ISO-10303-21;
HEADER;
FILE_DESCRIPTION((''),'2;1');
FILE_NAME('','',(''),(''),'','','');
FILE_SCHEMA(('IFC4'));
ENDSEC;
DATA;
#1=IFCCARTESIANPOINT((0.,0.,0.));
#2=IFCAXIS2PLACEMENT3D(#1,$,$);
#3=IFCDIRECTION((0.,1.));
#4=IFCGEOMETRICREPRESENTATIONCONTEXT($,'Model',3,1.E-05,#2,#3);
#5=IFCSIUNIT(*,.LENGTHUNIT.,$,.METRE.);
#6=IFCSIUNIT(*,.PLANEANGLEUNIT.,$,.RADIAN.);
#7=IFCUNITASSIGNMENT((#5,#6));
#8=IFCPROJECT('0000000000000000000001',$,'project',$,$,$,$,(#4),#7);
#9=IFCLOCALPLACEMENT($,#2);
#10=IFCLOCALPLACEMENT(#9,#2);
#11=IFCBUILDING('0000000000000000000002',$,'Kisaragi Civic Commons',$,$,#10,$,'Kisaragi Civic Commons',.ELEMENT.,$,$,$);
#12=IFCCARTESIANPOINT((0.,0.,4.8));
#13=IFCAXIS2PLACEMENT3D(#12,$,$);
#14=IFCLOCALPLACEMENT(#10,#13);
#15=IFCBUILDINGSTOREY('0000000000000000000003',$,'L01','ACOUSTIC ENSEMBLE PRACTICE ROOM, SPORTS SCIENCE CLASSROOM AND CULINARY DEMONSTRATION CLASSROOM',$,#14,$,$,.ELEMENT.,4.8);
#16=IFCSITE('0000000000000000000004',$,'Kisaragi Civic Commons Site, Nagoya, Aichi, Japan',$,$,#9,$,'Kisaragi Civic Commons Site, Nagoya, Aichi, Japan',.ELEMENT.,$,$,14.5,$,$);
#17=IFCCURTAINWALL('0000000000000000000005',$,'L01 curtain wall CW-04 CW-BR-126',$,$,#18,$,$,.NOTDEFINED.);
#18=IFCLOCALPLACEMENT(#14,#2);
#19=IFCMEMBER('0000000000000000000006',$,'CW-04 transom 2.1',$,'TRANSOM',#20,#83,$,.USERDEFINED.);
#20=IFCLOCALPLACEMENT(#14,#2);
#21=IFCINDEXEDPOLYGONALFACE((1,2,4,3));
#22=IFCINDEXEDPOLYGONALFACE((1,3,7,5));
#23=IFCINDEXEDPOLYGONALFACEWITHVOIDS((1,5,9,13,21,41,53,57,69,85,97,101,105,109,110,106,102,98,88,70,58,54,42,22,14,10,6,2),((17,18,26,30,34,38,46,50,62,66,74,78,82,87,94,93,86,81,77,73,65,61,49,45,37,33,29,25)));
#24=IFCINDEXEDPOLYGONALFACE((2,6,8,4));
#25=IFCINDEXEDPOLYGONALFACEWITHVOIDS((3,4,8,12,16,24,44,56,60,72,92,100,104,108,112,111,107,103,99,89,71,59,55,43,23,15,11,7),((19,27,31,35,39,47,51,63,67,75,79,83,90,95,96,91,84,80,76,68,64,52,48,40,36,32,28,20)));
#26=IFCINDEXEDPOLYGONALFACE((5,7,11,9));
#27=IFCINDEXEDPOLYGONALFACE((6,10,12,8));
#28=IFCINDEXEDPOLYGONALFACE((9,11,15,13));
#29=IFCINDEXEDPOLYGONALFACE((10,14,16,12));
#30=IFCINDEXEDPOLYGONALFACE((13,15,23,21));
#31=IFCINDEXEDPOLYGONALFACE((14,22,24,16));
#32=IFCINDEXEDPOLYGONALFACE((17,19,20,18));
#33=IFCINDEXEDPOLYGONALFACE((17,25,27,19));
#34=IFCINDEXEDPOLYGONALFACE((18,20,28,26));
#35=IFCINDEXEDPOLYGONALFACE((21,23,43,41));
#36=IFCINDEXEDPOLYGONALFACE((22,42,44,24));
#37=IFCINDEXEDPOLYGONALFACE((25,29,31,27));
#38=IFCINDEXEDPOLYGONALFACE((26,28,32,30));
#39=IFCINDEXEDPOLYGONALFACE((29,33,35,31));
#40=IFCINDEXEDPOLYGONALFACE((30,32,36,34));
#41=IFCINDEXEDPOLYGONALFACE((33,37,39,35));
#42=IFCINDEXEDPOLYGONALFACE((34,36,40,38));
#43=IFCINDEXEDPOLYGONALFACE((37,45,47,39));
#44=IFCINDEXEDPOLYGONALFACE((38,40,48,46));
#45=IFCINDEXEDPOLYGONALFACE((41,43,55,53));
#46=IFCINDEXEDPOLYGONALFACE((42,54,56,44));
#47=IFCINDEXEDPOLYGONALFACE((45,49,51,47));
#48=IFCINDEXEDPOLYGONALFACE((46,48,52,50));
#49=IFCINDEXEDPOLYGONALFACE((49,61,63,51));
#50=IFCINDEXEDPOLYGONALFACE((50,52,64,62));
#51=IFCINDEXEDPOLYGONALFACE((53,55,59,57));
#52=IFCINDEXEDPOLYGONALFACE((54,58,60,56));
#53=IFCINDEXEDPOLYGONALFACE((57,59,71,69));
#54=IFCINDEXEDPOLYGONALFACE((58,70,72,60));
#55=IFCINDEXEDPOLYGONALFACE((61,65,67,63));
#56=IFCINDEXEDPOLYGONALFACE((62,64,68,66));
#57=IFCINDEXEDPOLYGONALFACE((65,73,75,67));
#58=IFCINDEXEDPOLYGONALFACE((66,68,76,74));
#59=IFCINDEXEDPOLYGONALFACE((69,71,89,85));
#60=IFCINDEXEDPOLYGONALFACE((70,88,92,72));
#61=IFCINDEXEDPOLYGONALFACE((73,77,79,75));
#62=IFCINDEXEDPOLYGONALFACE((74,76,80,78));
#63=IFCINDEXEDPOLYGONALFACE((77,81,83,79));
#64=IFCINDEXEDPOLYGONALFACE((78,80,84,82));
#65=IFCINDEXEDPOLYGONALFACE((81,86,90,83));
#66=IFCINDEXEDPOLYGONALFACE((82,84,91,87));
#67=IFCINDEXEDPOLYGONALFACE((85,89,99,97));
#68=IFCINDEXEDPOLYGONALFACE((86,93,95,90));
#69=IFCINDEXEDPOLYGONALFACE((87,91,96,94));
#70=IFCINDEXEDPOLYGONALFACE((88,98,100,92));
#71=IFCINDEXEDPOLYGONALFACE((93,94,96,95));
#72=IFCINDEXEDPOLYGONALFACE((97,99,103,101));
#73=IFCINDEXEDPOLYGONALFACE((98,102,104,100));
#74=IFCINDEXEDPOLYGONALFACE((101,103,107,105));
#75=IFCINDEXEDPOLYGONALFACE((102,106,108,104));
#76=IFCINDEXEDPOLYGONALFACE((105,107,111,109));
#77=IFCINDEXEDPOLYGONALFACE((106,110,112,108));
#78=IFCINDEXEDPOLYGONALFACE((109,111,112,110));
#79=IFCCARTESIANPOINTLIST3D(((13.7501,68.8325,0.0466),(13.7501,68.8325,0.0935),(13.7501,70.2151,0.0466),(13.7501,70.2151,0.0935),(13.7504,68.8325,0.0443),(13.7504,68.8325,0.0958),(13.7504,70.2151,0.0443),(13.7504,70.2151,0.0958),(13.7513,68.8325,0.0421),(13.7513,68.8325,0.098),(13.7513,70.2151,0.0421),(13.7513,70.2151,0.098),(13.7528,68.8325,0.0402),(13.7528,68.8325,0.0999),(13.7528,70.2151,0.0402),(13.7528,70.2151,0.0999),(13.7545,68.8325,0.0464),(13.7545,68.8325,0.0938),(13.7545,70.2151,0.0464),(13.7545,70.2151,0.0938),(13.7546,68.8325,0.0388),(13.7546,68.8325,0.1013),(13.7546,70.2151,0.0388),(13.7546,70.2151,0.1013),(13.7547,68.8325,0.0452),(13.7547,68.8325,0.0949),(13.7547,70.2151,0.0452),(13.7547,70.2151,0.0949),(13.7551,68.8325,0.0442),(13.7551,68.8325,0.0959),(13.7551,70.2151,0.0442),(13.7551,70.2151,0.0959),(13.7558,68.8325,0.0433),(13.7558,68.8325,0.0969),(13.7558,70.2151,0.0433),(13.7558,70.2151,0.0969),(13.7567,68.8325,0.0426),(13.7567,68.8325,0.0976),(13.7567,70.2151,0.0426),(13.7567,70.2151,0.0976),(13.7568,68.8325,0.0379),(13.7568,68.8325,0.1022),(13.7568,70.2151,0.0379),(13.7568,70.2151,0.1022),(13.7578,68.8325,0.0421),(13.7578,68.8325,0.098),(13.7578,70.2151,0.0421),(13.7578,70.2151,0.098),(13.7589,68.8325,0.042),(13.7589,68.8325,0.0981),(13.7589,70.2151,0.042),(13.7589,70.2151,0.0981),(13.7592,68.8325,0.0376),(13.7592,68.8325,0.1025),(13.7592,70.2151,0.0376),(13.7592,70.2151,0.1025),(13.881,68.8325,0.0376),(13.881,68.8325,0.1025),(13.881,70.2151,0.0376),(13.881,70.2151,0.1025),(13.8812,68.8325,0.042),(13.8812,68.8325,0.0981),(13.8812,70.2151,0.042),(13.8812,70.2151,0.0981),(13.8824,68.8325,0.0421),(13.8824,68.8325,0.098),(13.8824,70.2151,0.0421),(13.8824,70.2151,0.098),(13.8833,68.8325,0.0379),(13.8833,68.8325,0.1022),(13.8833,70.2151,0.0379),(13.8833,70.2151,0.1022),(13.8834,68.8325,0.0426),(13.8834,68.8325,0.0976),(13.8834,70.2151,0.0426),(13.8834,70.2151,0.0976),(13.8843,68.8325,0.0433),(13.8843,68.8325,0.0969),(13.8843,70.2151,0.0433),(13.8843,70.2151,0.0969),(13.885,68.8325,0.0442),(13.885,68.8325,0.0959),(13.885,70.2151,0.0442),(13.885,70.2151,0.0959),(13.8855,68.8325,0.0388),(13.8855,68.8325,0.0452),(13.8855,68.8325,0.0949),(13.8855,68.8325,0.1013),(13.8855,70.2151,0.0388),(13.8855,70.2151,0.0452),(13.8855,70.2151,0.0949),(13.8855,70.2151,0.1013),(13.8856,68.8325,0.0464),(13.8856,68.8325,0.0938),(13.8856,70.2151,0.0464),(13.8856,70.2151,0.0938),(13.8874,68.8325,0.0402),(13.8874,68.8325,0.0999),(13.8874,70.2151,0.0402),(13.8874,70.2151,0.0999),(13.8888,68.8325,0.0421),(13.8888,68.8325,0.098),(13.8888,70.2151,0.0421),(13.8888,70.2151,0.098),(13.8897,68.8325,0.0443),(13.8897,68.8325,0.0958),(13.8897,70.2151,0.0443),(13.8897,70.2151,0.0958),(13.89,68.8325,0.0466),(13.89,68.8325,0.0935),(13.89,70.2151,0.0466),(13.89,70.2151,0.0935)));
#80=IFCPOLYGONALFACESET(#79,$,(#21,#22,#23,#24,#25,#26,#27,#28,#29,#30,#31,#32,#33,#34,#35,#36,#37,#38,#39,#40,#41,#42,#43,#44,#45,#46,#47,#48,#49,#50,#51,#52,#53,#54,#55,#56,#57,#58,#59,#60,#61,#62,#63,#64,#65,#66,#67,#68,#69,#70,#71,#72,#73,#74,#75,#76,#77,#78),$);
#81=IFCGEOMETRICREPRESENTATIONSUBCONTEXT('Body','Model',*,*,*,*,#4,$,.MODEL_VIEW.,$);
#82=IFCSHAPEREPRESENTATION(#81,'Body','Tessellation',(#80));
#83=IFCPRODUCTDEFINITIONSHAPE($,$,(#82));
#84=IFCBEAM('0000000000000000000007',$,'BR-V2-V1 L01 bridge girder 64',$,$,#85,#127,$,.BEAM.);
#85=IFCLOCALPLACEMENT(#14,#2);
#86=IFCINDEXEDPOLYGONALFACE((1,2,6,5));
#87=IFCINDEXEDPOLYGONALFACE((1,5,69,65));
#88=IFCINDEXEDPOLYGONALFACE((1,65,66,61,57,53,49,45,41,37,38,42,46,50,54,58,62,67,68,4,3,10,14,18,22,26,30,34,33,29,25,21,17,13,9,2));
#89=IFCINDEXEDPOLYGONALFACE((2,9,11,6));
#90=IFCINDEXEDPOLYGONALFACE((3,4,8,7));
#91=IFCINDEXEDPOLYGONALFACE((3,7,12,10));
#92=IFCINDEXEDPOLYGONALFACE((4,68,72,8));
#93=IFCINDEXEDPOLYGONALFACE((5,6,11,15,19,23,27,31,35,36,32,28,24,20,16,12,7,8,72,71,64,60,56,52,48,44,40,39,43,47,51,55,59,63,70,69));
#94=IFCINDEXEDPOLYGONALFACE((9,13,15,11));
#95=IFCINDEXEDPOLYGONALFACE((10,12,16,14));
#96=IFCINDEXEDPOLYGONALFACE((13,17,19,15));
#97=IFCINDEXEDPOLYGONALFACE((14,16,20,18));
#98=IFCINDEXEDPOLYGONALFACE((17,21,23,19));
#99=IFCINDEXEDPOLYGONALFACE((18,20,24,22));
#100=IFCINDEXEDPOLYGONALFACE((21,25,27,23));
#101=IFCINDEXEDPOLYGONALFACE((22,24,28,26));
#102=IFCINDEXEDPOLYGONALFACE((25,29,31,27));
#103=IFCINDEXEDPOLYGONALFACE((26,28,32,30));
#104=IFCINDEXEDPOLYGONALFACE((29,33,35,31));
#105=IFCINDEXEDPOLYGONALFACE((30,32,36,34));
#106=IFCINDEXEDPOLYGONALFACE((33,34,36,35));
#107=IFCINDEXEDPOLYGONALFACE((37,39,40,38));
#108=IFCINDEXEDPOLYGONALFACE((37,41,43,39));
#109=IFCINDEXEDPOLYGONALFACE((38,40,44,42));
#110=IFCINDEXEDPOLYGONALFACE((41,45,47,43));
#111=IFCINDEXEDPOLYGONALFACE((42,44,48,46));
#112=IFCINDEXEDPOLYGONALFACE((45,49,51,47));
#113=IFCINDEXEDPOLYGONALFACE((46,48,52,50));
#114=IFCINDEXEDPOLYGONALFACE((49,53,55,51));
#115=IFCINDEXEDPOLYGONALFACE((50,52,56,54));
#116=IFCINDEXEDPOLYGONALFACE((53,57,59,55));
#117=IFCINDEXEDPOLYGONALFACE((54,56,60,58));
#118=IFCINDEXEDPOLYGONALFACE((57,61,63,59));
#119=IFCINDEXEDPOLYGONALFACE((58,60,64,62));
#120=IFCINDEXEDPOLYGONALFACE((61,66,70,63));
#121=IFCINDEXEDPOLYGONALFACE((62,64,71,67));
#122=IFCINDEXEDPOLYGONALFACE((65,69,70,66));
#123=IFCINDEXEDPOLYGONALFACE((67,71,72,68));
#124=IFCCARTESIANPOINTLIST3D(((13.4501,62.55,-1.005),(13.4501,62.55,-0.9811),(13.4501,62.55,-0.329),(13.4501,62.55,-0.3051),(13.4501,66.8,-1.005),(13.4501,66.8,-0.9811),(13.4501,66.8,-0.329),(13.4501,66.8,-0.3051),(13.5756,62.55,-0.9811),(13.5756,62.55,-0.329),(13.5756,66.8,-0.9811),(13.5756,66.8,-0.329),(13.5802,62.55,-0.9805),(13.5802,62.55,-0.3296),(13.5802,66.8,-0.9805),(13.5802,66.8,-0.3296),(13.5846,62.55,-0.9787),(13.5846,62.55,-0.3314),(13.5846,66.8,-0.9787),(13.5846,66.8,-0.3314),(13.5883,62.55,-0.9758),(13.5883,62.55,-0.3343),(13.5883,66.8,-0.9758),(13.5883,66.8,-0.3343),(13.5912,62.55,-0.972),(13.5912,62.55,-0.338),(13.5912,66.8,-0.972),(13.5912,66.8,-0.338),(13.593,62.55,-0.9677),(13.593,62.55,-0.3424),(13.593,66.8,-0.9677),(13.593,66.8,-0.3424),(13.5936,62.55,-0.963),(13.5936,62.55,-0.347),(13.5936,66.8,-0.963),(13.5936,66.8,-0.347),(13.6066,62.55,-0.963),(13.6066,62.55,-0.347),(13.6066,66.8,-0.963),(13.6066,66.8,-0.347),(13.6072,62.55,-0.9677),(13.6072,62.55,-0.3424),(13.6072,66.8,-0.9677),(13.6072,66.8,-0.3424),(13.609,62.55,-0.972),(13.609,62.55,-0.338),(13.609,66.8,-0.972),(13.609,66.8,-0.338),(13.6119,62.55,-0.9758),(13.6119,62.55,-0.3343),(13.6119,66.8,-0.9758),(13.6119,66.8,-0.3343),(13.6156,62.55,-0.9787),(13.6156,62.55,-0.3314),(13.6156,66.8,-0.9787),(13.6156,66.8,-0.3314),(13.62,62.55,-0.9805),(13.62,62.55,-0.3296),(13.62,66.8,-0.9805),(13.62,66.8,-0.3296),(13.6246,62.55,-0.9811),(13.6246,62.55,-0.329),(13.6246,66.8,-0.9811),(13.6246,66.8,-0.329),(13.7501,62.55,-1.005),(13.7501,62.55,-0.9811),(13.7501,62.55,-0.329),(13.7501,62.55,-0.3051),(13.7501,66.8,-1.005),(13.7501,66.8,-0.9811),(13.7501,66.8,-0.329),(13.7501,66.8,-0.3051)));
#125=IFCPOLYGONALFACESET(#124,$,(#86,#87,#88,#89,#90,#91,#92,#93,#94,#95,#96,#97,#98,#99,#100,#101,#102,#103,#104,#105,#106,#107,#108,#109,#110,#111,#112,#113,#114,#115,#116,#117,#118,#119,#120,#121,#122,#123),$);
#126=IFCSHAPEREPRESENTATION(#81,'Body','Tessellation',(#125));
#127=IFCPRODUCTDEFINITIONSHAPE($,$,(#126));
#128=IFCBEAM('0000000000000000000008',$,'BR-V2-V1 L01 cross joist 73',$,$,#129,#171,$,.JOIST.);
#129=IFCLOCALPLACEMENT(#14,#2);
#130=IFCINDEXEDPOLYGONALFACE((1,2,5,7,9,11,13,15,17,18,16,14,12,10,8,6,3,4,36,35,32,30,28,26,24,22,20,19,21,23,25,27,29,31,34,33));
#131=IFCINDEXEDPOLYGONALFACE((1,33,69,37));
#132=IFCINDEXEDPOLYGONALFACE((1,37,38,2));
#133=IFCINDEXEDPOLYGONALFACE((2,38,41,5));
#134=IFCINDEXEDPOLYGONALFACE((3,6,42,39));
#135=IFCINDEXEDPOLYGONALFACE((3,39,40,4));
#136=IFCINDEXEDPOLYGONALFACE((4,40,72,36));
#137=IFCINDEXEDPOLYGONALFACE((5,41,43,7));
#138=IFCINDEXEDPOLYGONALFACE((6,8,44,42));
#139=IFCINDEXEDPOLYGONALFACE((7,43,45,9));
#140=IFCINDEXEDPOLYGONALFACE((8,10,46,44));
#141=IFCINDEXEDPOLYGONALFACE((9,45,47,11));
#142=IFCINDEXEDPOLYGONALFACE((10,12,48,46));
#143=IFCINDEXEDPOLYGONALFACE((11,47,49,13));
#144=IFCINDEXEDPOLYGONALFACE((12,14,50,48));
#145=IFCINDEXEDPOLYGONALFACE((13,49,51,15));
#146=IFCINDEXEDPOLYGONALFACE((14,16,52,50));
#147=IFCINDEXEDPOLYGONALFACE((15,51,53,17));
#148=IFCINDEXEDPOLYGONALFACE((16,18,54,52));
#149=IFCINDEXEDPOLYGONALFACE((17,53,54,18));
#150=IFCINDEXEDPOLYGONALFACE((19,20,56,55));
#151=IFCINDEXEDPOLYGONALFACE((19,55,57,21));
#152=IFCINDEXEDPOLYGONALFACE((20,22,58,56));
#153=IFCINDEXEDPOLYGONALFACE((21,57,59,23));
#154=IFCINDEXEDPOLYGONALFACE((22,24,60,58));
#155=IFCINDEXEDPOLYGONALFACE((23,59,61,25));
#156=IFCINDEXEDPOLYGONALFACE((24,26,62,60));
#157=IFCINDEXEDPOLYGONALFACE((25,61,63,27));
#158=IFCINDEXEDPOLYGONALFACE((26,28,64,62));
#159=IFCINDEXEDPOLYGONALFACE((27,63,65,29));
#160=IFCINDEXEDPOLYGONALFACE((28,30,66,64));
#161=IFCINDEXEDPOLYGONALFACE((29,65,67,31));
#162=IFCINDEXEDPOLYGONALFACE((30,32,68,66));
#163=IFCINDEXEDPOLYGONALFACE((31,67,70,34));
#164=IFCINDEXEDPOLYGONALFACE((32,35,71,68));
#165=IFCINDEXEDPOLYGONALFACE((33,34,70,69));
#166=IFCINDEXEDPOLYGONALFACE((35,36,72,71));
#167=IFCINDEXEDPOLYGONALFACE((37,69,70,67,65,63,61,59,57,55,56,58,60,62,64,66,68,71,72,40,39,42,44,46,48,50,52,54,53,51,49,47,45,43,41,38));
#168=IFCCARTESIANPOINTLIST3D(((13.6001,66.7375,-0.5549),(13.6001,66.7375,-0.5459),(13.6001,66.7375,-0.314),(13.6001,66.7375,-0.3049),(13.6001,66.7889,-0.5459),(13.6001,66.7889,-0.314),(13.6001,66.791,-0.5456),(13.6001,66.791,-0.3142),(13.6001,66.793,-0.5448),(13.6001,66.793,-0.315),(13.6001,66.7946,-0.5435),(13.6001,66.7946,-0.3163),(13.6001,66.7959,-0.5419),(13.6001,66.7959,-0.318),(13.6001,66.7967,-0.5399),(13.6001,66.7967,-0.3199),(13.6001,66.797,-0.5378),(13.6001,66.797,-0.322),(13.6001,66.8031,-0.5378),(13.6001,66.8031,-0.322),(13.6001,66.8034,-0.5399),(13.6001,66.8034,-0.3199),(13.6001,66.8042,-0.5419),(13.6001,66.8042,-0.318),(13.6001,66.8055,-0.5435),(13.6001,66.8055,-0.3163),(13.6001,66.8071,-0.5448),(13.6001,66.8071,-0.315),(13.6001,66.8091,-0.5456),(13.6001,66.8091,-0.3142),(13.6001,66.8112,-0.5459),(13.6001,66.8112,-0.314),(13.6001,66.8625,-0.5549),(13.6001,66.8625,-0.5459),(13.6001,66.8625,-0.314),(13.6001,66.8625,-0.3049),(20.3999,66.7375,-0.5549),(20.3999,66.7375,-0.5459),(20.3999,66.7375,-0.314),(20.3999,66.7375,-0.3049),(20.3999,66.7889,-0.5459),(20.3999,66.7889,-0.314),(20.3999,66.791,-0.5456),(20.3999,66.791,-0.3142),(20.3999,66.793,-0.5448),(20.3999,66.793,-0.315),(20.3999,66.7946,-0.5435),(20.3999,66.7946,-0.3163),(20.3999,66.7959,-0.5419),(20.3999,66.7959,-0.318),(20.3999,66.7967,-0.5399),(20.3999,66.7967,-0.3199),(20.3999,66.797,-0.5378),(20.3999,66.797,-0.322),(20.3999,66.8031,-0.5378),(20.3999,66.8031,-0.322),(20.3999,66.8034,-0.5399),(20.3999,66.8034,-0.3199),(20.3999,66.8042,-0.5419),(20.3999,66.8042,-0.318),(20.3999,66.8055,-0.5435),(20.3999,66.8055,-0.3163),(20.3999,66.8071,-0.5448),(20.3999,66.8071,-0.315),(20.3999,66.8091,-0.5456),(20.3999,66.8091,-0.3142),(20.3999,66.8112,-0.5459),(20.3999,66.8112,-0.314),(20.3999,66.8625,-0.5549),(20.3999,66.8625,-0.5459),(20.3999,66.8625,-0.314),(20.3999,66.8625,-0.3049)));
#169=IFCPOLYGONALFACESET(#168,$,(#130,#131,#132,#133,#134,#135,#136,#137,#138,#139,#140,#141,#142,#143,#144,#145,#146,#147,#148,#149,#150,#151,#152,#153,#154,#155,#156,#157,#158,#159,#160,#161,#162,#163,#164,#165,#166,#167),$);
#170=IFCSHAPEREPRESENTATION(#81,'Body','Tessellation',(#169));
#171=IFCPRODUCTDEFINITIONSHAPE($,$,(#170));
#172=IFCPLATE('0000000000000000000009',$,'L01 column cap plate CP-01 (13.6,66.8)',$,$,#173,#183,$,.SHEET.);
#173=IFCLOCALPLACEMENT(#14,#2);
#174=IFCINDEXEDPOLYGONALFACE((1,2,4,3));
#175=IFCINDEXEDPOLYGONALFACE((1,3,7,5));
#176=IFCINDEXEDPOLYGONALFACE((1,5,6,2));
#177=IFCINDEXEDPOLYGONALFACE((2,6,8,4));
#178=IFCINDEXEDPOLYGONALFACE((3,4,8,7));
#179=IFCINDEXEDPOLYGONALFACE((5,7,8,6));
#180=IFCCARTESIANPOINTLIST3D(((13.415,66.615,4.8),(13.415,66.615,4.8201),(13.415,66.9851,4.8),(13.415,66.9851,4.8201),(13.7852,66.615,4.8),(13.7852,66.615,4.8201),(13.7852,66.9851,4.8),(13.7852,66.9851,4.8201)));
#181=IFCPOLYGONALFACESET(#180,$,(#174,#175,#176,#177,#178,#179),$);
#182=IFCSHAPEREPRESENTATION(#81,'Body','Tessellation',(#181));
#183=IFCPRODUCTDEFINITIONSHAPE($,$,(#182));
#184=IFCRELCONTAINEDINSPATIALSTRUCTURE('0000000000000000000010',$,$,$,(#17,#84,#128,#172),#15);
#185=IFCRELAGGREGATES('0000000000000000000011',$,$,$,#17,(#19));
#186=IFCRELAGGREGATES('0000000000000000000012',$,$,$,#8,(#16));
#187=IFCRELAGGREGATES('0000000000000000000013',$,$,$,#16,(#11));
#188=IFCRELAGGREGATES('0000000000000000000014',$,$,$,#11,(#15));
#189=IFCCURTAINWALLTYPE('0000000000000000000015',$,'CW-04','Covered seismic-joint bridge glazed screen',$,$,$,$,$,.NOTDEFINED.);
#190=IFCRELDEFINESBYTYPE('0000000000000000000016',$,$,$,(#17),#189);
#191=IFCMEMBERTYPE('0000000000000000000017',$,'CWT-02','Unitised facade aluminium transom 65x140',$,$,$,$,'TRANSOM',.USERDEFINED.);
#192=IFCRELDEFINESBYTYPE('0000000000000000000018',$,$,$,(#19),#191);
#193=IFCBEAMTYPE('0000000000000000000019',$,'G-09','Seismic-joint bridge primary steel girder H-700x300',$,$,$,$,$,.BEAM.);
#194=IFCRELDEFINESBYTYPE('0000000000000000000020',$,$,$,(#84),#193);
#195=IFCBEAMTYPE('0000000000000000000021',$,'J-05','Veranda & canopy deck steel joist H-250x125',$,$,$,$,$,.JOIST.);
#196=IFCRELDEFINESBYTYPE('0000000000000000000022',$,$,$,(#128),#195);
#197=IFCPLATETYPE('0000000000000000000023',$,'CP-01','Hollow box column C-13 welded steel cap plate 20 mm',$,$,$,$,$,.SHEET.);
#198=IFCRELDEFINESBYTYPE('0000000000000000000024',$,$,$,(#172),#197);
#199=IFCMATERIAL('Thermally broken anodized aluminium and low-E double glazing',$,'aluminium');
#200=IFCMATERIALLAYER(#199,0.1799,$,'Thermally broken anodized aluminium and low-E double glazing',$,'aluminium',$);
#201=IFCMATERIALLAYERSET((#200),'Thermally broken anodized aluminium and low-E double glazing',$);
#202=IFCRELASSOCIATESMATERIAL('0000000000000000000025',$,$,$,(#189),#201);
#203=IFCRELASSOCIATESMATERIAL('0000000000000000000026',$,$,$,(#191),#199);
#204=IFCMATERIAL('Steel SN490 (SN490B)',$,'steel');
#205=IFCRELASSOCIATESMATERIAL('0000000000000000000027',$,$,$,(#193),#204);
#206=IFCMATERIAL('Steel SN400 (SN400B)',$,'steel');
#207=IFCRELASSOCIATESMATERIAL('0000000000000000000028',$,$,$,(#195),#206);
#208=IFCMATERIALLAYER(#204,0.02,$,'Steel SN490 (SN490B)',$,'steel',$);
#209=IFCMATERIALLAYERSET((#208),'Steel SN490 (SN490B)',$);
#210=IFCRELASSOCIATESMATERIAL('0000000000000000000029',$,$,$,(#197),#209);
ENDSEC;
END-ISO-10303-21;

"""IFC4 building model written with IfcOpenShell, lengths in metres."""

from ifc_helpers import new_model, si_unit, direction, frame, origin, origin_2d, place, context, subcontext, project, spatial, rectangle, hollow_rectangle, i_section, extrude, material, layer, layer_set, material_profile, profile_set, type_object, element, aggregate, save


model = new_model("IFC4")

# Units and contexts
model_context = context("Model", 3, precision=1e-05, world=origin(), true_north=direction((0.0, 1.0)))
body_context = subcontext(model_context, "Body", "Model", "MODEL_VIEW")
ifc_project = project(units=[si_unit("LENGTHUNIT", "METRE"), si_unit("PLANEANGLEUNIT", "RADIAN")], contexts=[model_context])

# Site, building, storey
site_placement = place(None, origin())
site = spatial("IfcSite", under=ifc_project, at=site_placement, Name="Kisaragi Civic Commons Site, Nagoya, Aichi, Japan", LongName="Kisaragi Civic Commons Site, Nagoya, Aichi, Japan", CompositionType="ELEMENT", RefElevation=14.5)
building_placement = place(site_placement, origin())
building = spatial("IfcBuilding", under=site, at=building_placement, Name="Kisaragi Civic Commons", LongName="Kisaragi Civic Commons", CompositionType="ELEMENT")
storey_placement = place(building_placement, frame((0.0, 0.0, 4.8)))
storey = spatial("IfcBuildingStorey", under=building, at=storey_placement, Name="L01", Description="ACOUSTIC ENSEMBLE PRACTICE ROOM, SPORTS SCIENCE CLASSROOM AND CULINARY DEMONSTRATION CLASSROOM", CompositionType="ELEMENT", Elevation=4.8)

# Shared definitions
ifc_material_1 = material(Name="Thermally broken anodized aluminium and low-E double glazing", Category="aluminium")
ifc_layer_1 = layer(ifc_material_1, 0.1799, Name="Thermally broken anodized aluminium and low-E double glazing", Category="aluminium")
ifc_layer_set_1 = layer_set([ifc_layer_1], Name="Thermally broken anodized aluminium and low-E double glazing")
curtain_wall_type = type_object("IfcCurtainWallType", Name="CW-04", Description="Covered seismic-joint bridge glazed screen", PredefinedType="NOTDEFINED", material=ifc_layer_set_1)

# Curtain wall
curtain_wall_1_placement = place(storey_placement, origin())
curtain_wall_1 = element("IfcCurtainWall", 1, at=curtain_wall_1_placement, inside=storey, type_object=curtain_wall_type, Name="L01 curtain wall CW-04 CW-BR-126", PredefinedType="NOTDEFINED")

# Member
ifc_material_profile_1 = material_profile(ifc_material_1, hollow_rectangle(XDim=0.1399, YDim=0.0649, WallThickness=0.0044, InnerFilletRadius=0.0044, OuterFilletRadius=0.009, at=origin_2d()), Name="CWT-65x140x4.5", Category="aluminium")
ifc_profile_set_1 = profile_set([ifc_material_profile_1], Name="Thermally broken anodized aluminium and low-E double glazing")
member_type_1 = type_object("IfcMemberType", Name="CWT-02", Description="Unitised facade aluminium transom 65x140", ElementType="TRANSOM", PredefinedType="USERDEFINED", material=ifc_profile_set_1)
member_1_placement = place(storey_placement, frame((13.8201, 68.8325, 0.0701), z_axis=(0.0, 1.0, 0.0), x_axis=(-1.0, 0.0, 0.0)))
member_1 = element("IfcMember", 2, at=member_1_placement, type_object=member_type_1, Name="CW-04 transom 2.1", ObjectType="TRANSOM", PredefinedType="USERDEFINED", context=body_context, shape_type="SweptSolid", body=[
    extrude(hollow_rectangle(XDim=0.1399, YDim=0.0649, WallThickness=0.0044, InnerFilletRadius=0.0044, OuterFilletRadius=0.009, at=origin_2d()), origin(), (0.0, 0.0, 1.0), 1.3826),
])

# Beams
ifc_material_2 = material(Name="Steel SN490 (SN490B)", Category="steel")
ifc_material_profile_2 = material_profile(ifc_material_2, i_section(OverallWidth=0.3, OverallDepth=0.7, WebThickness=0.0129, FlangeThickness=0.0239, FilletRadius=0.0181, at=origin_2d()), Name="H-700x300x13x24", Category="steel")
ifc_profile_set_2 = profile_set([ifc_material_profile_2], Name="Steel SN490 (SN490B)")
beam_type_1 = type_object("IfcBeamType", Name="G-09", Description="Seismic-joint bridge primary steel girder H-700x300", PredefinedType="BEAM", material=ifc_profile_set_2)
beam_1_placement = place(storey_placement, frame((13.6001, 66.8, -0.655), z_axis=(0.0, -1.0, 0.0), x_axis=(1.0, 0.0, 0.0)))
element("IfcBeam", 3, at=beam_1_placement, inside=storey, type_object=beam_type_1, Name="BR-V2-V1 L01 bridge girder 64", PredefinedType="BEAM", context=body_context, shape_type="SweptSolid", body=[
    extrude(i_section(OverallWidth=0.3, OverallDepth=0.7, WebThickness=0.0129, FlangeThickness=0.0239, FilletRadius=0.0181, at=origin_2d()), origin(), (0.0, 0.0, 1.0), 4.25),
])
ifc_material_3 = material(Name="Steel SN400 (SN400B)", Category="steel")
ifc_material_profile_3 = material_profile(ifc_material_3, i_section(OverallWidth=0.125, OverallDepth=0.25, WebThickness=0.0061, FlangeThickness=0.009, FilletRadius=0.0081, at=origin_2d()), Name="H-250x125x6x9", Category="steel")
ifc_profile_set_3 = profile_set([ifc_material_profile_3], Name="Steel SN400 (SN400B)")
beam_type_2 = type_object("IfcBeamType", Name="J-05", Description="Veranda & canopy deck steel joist H-250x125", PredefinedType="JOIST", material=ifc_profile_set_3)
beam_2_placement = place(storey_placement, frame((13.6001, 66.8, -0.4299), z_axis=(1.0, 0.0, 0.0), x_axis=(0.0, 1.0, 0.0)))
element("IfcBeam", 4, at=beam_2_placement, inside=storey, type_object=beam_type_2, Name="BR-V2-V1 L01 cross joist 73", PredefinedType="JOIST", context=body_context, shape_type="SweptSolid", body=[
    extrude(i_section(OverallWidth=0.125, OverallDepth=0.25, WebThickness=0.0061, FlangeThickness=0.009, FilletRadius=0.0081, at=origin_2d()), origin(), (0.0, 0.0, 1.0), 6.7998),
])

# Plate
ifc_layer_2 = layer(ifc_material_2, 0.02, Name="Steel SN490 (SN490B)", Category="steel")
ifc_layer_set_2 = layer_set([ifc_layer_2], Name="Steel SN490 (SN490B)")
plate_type_1 = type_object("IfcPlateType", Name="CP-01", Description="Hollow box column C-13 welded steel cap plate 20 mm", PredefinedType="SHEET", material=ifc_layer_set_2)
plate_1_placement = place(storey_placement, frame((13.6001, 66.8, 4.8), z_axis=(0.0, 0.0, 1.0), x_axis=(1.0, 0.0, 0.0)))
element("IfcPlate", 5, at=plate_1_placement, inside=storey, type_object=plate_type_1, Name="L01 column cap plate CP-01 (13.6,66.8)", PredefinedType="SHEET", context=body_context, shape_type="SweptSolid", body=[
    extrude(rectangle(XDim=0.3701, YDim=0.3701, at=origin_2d()), origin(), (0.0, 0.0, 1.0), 0.02),
])
aggregate(curtain_wall_1, [member_1])

save(model, "model.ifc")
